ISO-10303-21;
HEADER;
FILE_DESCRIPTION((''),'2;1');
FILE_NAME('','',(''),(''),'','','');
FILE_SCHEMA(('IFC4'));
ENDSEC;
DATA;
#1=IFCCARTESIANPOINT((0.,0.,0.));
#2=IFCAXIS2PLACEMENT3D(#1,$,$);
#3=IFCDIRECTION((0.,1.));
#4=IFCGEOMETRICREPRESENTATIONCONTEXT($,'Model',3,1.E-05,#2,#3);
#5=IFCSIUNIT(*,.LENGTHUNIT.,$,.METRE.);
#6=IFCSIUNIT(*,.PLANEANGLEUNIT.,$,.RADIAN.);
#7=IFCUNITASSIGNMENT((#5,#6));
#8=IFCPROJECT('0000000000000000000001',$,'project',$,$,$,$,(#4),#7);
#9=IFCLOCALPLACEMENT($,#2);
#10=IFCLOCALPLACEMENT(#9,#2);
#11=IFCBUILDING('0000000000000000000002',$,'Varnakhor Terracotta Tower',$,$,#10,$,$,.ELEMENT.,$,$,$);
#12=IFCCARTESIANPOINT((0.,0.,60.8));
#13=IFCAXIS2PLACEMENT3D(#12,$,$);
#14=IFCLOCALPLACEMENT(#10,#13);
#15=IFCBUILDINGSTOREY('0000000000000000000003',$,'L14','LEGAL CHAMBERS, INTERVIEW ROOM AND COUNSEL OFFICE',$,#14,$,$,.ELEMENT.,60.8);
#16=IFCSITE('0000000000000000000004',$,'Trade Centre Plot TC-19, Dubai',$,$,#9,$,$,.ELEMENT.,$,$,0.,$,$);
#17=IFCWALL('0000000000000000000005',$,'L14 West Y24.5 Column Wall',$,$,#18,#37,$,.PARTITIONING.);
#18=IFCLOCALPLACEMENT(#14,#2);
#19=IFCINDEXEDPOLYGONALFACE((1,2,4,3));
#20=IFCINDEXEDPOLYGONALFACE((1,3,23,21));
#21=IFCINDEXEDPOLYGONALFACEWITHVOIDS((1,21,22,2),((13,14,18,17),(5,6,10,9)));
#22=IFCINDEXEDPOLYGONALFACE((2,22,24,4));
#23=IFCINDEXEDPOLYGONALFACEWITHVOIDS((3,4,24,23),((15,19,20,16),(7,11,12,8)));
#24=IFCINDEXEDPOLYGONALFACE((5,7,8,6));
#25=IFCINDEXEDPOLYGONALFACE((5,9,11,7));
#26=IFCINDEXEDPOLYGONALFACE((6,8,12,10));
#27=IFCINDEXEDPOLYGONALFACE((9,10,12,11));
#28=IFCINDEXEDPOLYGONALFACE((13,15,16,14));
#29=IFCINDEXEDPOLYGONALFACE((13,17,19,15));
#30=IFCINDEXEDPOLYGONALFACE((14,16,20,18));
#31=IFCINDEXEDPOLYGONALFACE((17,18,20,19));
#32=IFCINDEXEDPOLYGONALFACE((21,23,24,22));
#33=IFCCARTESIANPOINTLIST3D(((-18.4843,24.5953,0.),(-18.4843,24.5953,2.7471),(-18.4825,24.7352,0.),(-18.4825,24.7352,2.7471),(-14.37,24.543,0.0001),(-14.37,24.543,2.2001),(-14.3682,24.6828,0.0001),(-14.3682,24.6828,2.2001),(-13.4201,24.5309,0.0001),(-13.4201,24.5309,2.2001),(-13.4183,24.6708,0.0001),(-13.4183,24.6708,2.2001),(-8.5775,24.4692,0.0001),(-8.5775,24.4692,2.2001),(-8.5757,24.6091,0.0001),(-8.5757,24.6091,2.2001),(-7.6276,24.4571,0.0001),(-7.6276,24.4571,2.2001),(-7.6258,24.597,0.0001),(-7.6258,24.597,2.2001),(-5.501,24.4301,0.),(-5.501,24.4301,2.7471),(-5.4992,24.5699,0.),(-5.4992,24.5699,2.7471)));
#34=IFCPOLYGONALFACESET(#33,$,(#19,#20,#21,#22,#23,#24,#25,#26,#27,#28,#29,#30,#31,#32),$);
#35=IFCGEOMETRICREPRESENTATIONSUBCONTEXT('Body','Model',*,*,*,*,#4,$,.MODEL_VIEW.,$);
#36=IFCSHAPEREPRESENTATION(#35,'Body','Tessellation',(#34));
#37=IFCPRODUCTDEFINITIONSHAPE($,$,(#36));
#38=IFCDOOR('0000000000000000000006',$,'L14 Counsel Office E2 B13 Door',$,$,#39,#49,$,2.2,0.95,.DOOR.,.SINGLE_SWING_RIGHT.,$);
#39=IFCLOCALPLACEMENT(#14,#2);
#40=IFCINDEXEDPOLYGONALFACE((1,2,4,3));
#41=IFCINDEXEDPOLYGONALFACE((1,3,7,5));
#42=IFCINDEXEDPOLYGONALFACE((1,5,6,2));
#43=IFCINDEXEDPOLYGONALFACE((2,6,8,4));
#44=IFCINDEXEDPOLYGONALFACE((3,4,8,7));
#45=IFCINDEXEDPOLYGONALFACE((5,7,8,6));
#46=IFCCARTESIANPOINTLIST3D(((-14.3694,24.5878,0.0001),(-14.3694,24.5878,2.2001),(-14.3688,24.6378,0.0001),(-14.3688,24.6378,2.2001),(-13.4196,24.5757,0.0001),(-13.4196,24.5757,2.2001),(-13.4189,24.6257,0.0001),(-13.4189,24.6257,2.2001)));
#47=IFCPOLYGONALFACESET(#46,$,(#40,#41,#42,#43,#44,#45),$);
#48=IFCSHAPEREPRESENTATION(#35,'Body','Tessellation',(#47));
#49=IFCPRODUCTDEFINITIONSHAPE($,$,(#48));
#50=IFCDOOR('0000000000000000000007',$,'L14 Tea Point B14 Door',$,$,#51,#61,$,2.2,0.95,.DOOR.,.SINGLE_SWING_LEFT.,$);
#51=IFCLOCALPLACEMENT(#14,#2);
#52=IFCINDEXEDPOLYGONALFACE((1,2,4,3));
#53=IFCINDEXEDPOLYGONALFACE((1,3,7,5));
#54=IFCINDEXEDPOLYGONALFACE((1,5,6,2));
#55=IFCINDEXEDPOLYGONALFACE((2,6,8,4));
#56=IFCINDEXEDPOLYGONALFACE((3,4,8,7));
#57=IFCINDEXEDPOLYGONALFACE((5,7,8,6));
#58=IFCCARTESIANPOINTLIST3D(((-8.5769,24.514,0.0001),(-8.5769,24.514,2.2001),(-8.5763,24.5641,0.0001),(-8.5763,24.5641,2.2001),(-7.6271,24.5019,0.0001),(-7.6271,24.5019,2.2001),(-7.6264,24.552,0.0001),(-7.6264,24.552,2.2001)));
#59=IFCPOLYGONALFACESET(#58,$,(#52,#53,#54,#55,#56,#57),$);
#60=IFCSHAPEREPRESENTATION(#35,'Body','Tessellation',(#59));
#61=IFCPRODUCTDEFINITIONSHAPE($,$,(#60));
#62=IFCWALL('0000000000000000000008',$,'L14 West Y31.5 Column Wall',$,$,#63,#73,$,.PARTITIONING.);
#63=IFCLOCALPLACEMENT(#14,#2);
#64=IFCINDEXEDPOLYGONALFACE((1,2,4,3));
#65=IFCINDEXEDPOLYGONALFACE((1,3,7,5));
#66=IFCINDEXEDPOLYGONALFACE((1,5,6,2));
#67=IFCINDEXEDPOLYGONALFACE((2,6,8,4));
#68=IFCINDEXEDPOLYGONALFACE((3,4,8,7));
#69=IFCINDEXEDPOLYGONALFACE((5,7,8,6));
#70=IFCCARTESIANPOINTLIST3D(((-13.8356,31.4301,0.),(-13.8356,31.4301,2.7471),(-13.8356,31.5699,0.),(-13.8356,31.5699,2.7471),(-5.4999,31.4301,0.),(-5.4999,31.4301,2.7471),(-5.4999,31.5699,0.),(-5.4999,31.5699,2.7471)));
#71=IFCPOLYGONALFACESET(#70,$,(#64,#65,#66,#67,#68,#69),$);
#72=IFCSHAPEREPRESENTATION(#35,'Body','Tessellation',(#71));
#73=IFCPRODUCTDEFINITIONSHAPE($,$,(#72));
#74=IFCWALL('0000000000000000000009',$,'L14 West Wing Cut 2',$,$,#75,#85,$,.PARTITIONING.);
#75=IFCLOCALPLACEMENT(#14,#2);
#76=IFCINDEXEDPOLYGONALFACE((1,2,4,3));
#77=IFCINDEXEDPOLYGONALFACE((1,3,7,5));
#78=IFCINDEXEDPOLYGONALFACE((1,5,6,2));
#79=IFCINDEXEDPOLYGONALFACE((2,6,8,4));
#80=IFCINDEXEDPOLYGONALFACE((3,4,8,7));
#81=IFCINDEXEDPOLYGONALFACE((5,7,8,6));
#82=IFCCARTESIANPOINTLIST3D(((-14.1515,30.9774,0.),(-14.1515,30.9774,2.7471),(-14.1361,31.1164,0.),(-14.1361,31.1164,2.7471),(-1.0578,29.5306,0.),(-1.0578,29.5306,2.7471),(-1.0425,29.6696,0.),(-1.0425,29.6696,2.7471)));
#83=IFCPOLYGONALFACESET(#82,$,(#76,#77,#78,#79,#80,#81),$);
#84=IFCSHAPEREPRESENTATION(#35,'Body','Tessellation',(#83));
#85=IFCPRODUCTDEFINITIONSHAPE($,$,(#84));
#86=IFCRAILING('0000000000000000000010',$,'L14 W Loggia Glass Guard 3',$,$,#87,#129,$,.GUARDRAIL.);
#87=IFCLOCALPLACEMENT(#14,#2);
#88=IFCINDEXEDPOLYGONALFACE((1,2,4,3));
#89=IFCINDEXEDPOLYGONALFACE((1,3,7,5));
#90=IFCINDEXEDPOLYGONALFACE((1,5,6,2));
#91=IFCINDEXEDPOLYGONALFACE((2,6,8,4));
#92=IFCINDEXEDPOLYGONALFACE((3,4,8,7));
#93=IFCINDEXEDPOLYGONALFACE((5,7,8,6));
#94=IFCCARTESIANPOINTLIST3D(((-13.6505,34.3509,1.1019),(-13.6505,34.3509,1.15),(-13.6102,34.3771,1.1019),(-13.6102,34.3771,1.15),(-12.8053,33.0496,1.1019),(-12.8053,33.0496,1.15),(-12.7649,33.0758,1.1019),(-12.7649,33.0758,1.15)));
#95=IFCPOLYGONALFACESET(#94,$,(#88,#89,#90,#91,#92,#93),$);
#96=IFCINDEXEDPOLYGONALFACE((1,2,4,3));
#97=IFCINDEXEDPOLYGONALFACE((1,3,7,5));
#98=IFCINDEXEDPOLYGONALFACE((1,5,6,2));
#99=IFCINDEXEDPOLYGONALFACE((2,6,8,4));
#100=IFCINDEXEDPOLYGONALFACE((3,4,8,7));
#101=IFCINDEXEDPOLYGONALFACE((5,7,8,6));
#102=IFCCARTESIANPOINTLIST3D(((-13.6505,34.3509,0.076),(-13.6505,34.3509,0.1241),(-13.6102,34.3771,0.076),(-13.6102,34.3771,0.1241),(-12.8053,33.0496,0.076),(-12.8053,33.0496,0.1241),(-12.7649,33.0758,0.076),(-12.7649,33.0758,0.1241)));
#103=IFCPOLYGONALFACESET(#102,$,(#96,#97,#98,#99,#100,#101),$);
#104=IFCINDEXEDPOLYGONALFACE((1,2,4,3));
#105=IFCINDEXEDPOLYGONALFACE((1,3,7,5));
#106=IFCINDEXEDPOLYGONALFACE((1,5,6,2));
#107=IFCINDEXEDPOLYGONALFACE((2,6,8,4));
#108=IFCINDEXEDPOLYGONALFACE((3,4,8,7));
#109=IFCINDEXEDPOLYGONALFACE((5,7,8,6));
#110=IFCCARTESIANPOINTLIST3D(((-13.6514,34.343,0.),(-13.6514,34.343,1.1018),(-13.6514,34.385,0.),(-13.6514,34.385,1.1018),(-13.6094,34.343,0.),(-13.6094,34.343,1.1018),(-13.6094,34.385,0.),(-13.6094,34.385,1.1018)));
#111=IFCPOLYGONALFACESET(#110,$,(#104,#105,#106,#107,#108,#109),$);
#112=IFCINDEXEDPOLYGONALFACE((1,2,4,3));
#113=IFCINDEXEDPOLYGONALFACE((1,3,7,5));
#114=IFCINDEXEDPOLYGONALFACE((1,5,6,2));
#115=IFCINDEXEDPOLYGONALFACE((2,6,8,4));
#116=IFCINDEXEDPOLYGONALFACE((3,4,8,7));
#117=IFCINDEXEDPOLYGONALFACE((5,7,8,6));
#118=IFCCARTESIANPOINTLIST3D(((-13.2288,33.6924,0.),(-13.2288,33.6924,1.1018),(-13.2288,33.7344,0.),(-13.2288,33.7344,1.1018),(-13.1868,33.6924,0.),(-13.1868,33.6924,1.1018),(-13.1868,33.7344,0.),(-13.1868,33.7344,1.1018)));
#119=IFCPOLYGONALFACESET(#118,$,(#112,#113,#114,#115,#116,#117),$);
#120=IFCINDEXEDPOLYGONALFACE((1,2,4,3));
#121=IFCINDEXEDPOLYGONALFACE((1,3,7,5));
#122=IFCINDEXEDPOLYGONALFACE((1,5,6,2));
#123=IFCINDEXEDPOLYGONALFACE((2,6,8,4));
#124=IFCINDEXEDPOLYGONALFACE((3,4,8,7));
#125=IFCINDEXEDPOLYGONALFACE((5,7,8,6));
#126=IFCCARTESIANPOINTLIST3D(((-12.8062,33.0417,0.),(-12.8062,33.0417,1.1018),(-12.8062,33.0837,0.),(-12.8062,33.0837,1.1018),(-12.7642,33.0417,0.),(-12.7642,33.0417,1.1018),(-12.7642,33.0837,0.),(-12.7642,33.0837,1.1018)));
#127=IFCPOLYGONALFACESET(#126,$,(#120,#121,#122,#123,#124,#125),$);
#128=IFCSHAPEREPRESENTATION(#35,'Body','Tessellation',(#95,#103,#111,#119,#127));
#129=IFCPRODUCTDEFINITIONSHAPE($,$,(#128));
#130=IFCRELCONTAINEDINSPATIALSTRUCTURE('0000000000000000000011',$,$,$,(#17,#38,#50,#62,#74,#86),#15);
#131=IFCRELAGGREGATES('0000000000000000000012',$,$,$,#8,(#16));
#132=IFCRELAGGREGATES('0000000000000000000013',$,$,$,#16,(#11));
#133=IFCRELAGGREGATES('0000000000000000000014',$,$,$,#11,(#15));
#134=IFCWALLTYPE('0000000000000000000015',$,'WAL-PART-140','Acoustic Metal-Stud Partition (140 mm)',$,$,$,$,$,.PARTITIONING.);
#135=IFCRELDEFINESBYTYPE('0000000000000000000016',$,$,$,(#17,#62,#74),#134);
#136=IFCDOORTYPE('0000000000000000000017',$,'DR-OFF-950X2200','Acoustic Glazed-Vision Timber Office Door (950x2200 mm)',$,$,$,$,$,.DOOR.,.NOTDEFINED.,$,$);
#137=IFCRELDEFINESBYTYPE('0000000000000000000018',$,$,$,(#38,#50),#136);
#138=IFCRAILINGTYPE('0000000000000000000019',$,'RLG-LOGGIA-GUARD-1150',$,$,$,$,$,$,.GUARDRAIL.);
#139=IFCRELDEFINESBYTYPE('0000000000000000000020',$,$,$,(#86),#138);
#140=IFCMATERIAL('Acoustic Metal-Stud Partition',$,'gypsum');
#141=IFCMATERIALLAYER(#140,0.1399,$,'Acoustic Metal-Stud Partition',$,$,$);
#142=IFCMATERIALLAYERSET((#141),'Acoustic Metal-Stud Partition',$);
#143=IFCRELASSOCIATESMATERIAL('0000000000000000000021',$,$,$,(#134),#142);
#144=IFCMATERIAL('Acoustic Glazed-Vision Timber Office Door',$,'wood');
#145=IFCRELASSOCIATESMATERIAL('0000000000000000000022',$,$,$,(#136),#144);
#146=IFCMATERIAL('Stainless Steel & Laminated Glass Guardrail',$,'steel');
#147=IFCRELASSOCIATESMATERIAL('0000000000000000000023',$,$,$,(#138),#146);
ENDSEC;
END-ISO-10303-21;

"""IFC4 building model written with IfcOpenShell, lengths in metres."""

from ifc_helpers import new_model, si_unit, direction, frame, frame_2d, origin, origin_2d, place, context, subcontext, project, spatial, rectangle, extrude, source, transform, mapped, material, layer, layer_set, type_object, type_shapes, element, fill, save


model = new_model("IFC4")

# Units and contexts
model_context = context("Model", 3, precision=1e-05, world=origin(), true_north=direction((0.0, 1.0)))
body_context = subcontext(model_context, "Body", "Model", "MODEL_VIEW")
ifc_project = project(units=[si_unit("LENGTHUNIT", "METRE"), si_unit("PLANEANGLEUNIT", "RADIAN")], contexts=[model_context])

# Site, building, storey
site_placement = place(None, origin())
site = spatial("IfcSite", under=ifc_project, at=site_placement, Name="Trade Centre Plot TC-19, Dubai", CompositionType="ELEMENT", RefElevation=0.0)
building_placement = place(site_placement, origin())
building = spatial("IfcBuilding", under=site, at=building_placement, Name="Varnakhor Terracotta Tower", CompositionType="ELEMENT")
storey_placement = place(building_placement, frame((0.0, 0.0, 60.8)))
storey = spatial("IfcBuildingStorey", under=building, at=storey_placement, Name="L14", Description="LEGAL CHAMBERS, INTERVIEW ROOM AND COUNSEL OFFICE", CompositionType="ELEMENT", Elevation=60.8)

# Wall, openings, doors
ifc_material_1 = material(Name="Acoustic Metal-Stud Partition", Category="gypsum")
ifc_layer_1 = layer(ifc_material_1, 0.1399, Name="Acoustic Metal-Stud Partition")
ifc_layer_set_1 = layer_set([ifc_layer_1], Name="Acoustic Metal-Stud Partition")
wall_type = type_object("IfcWallType", Name="WAL-PART-140", Description="Acoustic Metal-Stud Partition (140 mm)", PredefinedType="PARTITIONING", material=ifc_layer_set_1)
wall_1_placement = place(storey_placement, frame((-18.4834, 24.6653, 0.0), z_axis=(0.0, 0.0, 1.0), x_axis=(0.999919, -0.012729, 0.0)))
wall_1 = element("IfcWall", 1, at=wall_1_placement, inside=storey, type_object=wall_type, Name="L14 West Y24.5 Column Wall", PredefinedType="PARTITIONING", context=body_context, shape_type="SweptSolid", body=[
    extrude(rectangle(XDim=12.9844, YDim=0.1399, at=frame_2d((6.4922, 0.0))), origin(), (0.0, 0.0, 1.0), 2.7471),
])
opening_1_placement = place(wall_1_placement, frame((4.1145, 0.0, 0.0)))
opening_1 = element("IfcOpeningElement", 2, at=opening_1_placement, cuts=wall_1, PredefinedType="OPENING", context=body_context, shape_type="SweptSolid", body=[
    extrude(rectangle(XDim=0.95, YDim=2.2, at=frame_2d((0.4751, 1.1001))), frame((0.0, 0.0801, 0.0), z_axis=(0.0, -1.0, 0.0), x_axis=(1.0, 0.0, 0.0)), (0.0, 0.0, 1.0), 0.1599),
])
opening_2_placement = place(wall_1_placement, frame((9.9075, 0.0, 0.0)))
opening_2 = element("IfcOpeningElement", 3, at=opening_2_placement, cuts=wall_1, PredefinedType="OPENING", context=body_context, shape_type="SweptSolid", body=[
    extrude(rectangle(XDim=0.95, YDim=2.2, at=frame_2d((0.4751, 1.1001))), frame((0.0, 0.0801, 0.0), z_axis=(0.0, -1.0, 0.0), x_axis=(1.0, 0.0, 0.0)), (0.0, 0.0, 1.0), 0.1599),
])
ifc_material_2 = material(Name="Acoustic Glazed-Vision Timber Office Door", Category="wood")
door_type = type_object("IfcDoorType", Name="DR-OFF-950X2200", Description="Acoustic Glazed-Vision Timber Office Door (950x2200 mm)", OperationType="NOTDEFINED", PredefinedType="DOOR", material=ifc_material_2)
shared_shape_1 = source(origin(), body_context, "Body", "SweptSolid", [
    extrude(rectangle(XDim=0.95, YDim=2.2, at=frame_2d((0.4751, 1.1001))), frame((0.0, 0.0249, 0.0), z_axis=(0.0, -1.0, 0.0), x_axis=(1.0, 0.0, 0.0)), (0.0, 0.0, 1.0), 0.05),
])
type_shapes(door_type, [shared_shape_1])
door_1_placement = place(opening_1_placement, origin())
door_1 = element("IfcDoor", 4, at=door_1_placement, inside=storey, type_object=door_type, Name="L14 Counsel Office E2 B13 Door", OperationType="SINGLE_SWING_RIGHT", OverallHeight=2.2, OverallWidth=0.95, PredefinedType="DOOR", context=body_context, shape_type="MappedRepresentation", body=[
    mapped(shared_shape_1, transform((0.0, 0.0, 0.0), scale=1.0)),
])
fill(opening_1, door_1)
door_2_placement = place(opening_2_placement, origin())
door_2 = element("IfcDoor", 5, at=door_2_placement, inside=storey, type_object=door_type, Name="L14 Tea Point B14 Door", OperationType="SINGLE_SWING_LEFT", OverallHeight=2.2, OverallWidth=0.95, PredefinedType="DOOR", context=body_context, shape_type="MappedRepresentation", body=[
    mapped(shared_shape_1, transform((0.0, 0.0, 0.0), scale=1.0)),
])
fill(opening_2, door_2)

# Walls
wall_2_placement = place(storey_placement, frame((-13.8357, 31.5, 0.0), z_axis=(0.0, 0.0, 1.0), x_axis=(1.0, 0.0, 0.0)))
element("IfcWall", 6, at=wall_2_placement, inside=storey, type_object=wall_type, Name="L14 West Y31.5 Column Wall", PredefinedType="PARTITIONING", context=body_context, shape_type="SweptSolid", body=[
    extrude(rectangle(XDim=8.3357, YDim=0.1399, at=frame_2d((4.168, 0.0))), origin(), (0.0, 0.0, 1.0), 2.7471),
])
wall_3_placement = place(storey_placement, frame((-14.1438, 31.0469, 0.0), z_axis=(0.0, 0.0, 1.0), x_axis=(0.993951, -0.109825, 0.0)))
element("IfcWall", 7, at=wall_3_placement, inside=storey, type_object=wall_type, Name="L14 West Wing Cut 2", PredefinedType="PARTITIONING", context=body_context, shape_type="SweptSolid", body=[
    extrude(rectangle(XDim=13.1733, YDim=0.1399, at=frame_2d((6.5867, 0.0))), origin(), (0.0, 0.0, 1.0), 2.7471),
])

# Railing
ifc_material_3 = material(Name="Stainless Steel & Laminated Glass Guardrail", Category="steel")
railing_type = type_object("IfcRailingType", Name="RLG-LOGGIA-GUARD-1150", PredefinedType="GUARDRAIL", material=ifc_material_3)
railing_placement = place(storey_placement, frame((-13.6304, 34.364, 0.0)))
element("IfcRailing", 8, at=railing_placement, inside=storey, type_object=railing_type, Name="L14 W Loggia Glass Guard 3", PredefinedType="GUARDRAIL", context=body_context, shape_type="SweptSolid", body=[
    extrude(rectangle(XDim=0.0481, YDim=0.0481, at=origin_2d()), frame((0.0, 0.0, 1.126), z_axis=(0.544712, -0.838623, 0.0), x_axis=(0.838623, 0.544712, 0.0)), (0.0, 0.0, 1.0), 1.5518),
    extrude(rectangle(XDim=0.0481, YDim=0.0481, at=origin_2d()), frame((0.0, 0.0, 0.1001), z_axis=(0.544712, -0.838623, 0.0), x_axis=(0.838623, 0.544712, 0.0)), (0.0, 0.0, 1.0), 1.5518),
    extrude(rectangle(XDim=0.042, YDim=0.042, at=origin_2d()), origin(), (0.0, 0.0, 1.0), 1.1018),
    extrude(rectangle(XDim=0.042, YDim=0.042, at=origin_2d()), frame((0.4226, -0.6506, 0.0)), (0.0, 0.0, 1.0), 1.1018),
    extrude(rectangle(XDim=0.042, YDim=0.042, at=origin_2d()), frame((0.8452, -1.3013, 0.0)), (0.0, 0.0, 1.0), 1.1018),
])

save(model, "model.ifc")
